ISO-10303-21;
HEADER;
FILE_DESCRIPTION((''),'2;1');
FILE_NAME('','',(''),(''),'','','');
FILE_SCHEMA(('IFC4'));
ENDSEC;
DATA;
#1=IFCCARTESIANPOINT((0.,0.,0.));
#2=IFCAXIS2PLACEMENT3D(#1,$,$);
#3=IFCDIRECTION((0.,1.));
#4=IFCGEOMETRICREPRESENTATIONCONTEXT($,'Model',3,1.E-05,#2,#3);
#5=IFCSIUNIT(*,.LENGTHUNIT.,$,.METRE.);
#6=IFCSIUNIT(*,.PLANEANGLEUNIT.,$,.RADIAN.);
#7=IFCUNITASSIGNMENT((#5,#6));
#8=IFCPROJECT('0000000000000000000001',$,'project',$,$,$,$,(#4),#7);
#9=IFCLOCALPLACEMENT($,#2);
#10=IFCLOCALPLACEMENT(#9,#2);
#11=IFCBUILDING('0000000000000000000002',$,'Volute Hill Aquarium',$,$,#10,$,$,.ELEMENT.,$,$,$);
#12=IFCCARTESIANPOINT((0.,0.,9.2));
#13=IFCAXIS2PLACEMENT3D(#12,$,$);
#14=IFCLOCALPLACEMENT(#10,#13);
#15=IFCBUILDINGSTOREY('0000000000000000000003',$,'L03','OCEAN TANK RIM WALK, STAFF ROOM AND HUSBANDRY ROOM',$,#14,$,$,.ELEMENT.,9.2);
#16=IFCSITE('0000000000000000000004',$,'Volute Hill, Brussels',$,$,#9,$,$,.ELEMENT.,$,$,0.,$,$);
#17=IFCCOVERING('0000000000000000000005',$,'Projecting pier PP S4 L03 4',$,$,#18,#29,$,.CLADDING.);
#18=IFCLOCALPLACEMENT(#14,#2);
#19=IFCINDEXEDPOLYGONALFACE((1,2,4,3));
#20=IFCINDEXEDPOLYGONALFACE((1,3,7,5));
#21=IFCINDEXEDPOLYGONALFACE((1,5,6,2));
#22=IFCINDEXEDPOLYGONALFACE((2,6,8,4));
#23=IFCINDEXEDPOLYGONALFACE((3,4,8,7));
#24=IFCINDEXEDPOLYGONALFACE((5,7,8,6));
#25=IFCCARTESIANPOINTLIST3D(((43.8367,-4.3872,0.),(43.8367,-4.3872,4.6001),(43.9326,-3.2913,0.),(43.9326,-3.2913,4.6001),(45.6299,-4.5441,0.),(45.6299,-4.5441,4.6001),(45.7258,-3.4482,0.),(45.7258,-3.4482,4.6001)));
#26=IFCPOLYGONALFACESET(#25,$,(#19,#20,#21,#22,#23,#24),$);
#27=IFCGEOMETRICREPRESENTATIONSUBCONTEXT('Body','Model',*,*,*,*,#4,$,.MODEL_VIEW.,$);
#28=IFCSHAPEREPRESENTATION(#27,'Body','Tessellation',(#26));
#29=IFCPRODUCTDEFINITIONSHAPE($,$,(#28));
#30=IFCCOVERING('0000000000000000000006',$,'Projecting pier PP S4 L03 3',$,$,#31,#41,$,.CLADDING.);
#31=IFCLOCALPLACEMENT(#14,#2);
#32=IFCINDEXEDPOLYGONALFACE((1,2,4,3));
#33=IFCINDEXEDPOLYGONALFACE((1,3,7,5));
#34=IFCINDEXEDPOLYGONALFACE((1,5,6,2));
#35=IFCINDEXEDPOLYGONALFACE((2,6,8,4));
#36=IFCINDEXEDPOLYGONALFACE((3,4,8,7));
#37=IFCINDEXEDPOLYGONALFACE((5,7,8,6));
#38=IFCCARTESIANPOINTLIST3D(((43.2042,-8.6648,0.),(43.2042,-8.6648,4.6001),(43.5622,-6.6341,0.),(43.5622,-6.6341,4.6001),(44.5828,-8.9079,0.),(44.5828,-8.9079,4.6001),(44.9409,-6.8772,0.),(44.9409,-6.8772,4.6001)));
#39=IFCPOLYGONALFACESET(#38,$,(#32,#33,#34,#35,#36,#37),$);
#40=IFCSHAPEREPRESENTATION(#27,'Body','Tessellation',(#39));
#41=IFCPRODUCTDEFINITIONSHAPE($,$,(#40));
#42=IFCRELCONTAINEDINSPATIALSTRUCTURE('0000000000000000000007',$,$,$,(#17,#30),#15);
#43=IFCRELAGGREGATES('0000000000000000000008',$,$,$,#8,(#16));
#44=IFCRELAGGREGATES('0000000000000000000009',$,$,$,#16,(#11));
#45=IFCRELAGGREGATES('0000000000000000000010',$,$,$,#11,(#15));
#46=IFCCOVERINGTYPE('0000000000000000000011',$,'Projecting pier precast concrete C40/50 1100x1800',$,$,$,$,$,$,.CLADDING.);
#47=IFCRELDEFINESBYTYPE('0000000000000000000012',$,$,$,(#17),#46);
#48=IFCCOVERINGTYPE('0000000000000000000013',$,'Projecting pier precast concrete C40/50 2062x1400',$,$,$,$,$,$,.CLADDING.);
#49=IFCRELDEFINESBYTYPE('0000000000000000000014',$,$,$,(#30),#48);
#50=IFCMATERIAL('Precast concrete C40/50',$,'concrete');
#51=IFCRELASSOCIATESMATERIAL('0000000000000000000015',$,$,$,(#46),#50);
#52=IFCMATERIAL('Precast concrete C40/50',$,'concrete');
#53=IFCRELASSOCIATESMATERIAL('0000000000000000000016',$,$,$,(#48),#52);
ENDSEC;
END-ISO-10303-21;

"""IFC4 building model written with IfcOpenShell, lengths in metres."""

from ifc_helpers import new_model, si_unit, direction, frame, origin, origin_2d, place, context, subcontext, project, spatial, rectangle, extrude, material, type_object, element, save


model = new_model("IFC4")

# Units and contexts
model_context = context("Model", 3, precision=1e-05, world=origin(), true_north=direction((0.0, 1.0)))
body_context = subcontext(model_context, "Body", "Model", "MODEL_VIEW")
ifc_project = project(units=[si_unit("LENGTHUNIT", "METRE"), si_unit("PLANEANGLEUNIT", "RADIAN")], contexts=[model_context])

# Site, building, storey
site_placement = place(None, origin())
site = spatial("IfcSite", under=ifc_project, at=site_placement, Name="Volute Hill, Brussels", CompositionType="ELEMENT", RefElevation=0.0)
building_placement = place(site_placement, origin())
building = spatial("IfcBuilding", under=site, at=building_placement, Name="Volute Hill Aquarium", CompositionType="ELEMENT")
storey_placement = place(building_placement, frame((0.0, 0.0, 9.2)))
storey = spatial("IfcBuildingStorey", under=building, at=storey_placement, Name="L03", Description="OCEAN TANK RIM WALK, STAFF ROOM AND HUSBANDRY ROOM", CompositionType="ELEMENT", Elevation=9.2)

# Coverings
ifc_material_1 = material(Name="Precast concrete C40/50", Category="concrete")
covering_type_1 = type_object("IfcCoveringType", Name="Projecting pier precast concrete C40/50 1100x1800", PredefinedType="CLADDING", material=ifc_material_1)
covering_1_placement = place(storey_placement, frame((44.7812, -3.9177, 0.0), z_axis=(0.0, 0.0, 1.0), x_axis=(0.087156, 0.996195, 0.0)))
element("IfcCovering", 1, at=covering_1_placement, inside=storey, type_object=covering_type_1, Name="Projecting pier PP S4 L03 4", PredefinedType="CLADDING", context=body_context, shape_type="SweptSolid", body=[
    extrude(rectangle(XDim=1.1001, YDim=1.8, at=origin_2d()), origin(), (0.0, 0.0, 1.0), 4.6001),
])
ifc_material_2 = material(Name="Precast concrete C40/50", Category="concrete")
covering_type_2 = type_object("IfcCoveringType", Name="Projecting pier precast concrete C40/50 2062x1400", PredefinedType="CLADDING", material=ifc_material_2)
covering_2_placement = place(storey_placement, frame((44.0725, -7.771, 0.0), z_axis=(0.0, 0.0, 1.0), x_axis=(0.173648, 0.984808, 0.0)))
element("IfcCovering", 2, at=covering_2_placement, inside=storey, type_object=covering_type_2, Name="Projecting pier PP S4 L03 3", PredefinedType="CLADDING", context=body_context, shape_type="SweptSolid", body=[
    extrude(rectangle(XDim=2.062, YDim=1.3999, at=origin_2d()), origin(), (0.0, 0.0, 1.0), 4.6001),
])

save(model, "model.ifc")
